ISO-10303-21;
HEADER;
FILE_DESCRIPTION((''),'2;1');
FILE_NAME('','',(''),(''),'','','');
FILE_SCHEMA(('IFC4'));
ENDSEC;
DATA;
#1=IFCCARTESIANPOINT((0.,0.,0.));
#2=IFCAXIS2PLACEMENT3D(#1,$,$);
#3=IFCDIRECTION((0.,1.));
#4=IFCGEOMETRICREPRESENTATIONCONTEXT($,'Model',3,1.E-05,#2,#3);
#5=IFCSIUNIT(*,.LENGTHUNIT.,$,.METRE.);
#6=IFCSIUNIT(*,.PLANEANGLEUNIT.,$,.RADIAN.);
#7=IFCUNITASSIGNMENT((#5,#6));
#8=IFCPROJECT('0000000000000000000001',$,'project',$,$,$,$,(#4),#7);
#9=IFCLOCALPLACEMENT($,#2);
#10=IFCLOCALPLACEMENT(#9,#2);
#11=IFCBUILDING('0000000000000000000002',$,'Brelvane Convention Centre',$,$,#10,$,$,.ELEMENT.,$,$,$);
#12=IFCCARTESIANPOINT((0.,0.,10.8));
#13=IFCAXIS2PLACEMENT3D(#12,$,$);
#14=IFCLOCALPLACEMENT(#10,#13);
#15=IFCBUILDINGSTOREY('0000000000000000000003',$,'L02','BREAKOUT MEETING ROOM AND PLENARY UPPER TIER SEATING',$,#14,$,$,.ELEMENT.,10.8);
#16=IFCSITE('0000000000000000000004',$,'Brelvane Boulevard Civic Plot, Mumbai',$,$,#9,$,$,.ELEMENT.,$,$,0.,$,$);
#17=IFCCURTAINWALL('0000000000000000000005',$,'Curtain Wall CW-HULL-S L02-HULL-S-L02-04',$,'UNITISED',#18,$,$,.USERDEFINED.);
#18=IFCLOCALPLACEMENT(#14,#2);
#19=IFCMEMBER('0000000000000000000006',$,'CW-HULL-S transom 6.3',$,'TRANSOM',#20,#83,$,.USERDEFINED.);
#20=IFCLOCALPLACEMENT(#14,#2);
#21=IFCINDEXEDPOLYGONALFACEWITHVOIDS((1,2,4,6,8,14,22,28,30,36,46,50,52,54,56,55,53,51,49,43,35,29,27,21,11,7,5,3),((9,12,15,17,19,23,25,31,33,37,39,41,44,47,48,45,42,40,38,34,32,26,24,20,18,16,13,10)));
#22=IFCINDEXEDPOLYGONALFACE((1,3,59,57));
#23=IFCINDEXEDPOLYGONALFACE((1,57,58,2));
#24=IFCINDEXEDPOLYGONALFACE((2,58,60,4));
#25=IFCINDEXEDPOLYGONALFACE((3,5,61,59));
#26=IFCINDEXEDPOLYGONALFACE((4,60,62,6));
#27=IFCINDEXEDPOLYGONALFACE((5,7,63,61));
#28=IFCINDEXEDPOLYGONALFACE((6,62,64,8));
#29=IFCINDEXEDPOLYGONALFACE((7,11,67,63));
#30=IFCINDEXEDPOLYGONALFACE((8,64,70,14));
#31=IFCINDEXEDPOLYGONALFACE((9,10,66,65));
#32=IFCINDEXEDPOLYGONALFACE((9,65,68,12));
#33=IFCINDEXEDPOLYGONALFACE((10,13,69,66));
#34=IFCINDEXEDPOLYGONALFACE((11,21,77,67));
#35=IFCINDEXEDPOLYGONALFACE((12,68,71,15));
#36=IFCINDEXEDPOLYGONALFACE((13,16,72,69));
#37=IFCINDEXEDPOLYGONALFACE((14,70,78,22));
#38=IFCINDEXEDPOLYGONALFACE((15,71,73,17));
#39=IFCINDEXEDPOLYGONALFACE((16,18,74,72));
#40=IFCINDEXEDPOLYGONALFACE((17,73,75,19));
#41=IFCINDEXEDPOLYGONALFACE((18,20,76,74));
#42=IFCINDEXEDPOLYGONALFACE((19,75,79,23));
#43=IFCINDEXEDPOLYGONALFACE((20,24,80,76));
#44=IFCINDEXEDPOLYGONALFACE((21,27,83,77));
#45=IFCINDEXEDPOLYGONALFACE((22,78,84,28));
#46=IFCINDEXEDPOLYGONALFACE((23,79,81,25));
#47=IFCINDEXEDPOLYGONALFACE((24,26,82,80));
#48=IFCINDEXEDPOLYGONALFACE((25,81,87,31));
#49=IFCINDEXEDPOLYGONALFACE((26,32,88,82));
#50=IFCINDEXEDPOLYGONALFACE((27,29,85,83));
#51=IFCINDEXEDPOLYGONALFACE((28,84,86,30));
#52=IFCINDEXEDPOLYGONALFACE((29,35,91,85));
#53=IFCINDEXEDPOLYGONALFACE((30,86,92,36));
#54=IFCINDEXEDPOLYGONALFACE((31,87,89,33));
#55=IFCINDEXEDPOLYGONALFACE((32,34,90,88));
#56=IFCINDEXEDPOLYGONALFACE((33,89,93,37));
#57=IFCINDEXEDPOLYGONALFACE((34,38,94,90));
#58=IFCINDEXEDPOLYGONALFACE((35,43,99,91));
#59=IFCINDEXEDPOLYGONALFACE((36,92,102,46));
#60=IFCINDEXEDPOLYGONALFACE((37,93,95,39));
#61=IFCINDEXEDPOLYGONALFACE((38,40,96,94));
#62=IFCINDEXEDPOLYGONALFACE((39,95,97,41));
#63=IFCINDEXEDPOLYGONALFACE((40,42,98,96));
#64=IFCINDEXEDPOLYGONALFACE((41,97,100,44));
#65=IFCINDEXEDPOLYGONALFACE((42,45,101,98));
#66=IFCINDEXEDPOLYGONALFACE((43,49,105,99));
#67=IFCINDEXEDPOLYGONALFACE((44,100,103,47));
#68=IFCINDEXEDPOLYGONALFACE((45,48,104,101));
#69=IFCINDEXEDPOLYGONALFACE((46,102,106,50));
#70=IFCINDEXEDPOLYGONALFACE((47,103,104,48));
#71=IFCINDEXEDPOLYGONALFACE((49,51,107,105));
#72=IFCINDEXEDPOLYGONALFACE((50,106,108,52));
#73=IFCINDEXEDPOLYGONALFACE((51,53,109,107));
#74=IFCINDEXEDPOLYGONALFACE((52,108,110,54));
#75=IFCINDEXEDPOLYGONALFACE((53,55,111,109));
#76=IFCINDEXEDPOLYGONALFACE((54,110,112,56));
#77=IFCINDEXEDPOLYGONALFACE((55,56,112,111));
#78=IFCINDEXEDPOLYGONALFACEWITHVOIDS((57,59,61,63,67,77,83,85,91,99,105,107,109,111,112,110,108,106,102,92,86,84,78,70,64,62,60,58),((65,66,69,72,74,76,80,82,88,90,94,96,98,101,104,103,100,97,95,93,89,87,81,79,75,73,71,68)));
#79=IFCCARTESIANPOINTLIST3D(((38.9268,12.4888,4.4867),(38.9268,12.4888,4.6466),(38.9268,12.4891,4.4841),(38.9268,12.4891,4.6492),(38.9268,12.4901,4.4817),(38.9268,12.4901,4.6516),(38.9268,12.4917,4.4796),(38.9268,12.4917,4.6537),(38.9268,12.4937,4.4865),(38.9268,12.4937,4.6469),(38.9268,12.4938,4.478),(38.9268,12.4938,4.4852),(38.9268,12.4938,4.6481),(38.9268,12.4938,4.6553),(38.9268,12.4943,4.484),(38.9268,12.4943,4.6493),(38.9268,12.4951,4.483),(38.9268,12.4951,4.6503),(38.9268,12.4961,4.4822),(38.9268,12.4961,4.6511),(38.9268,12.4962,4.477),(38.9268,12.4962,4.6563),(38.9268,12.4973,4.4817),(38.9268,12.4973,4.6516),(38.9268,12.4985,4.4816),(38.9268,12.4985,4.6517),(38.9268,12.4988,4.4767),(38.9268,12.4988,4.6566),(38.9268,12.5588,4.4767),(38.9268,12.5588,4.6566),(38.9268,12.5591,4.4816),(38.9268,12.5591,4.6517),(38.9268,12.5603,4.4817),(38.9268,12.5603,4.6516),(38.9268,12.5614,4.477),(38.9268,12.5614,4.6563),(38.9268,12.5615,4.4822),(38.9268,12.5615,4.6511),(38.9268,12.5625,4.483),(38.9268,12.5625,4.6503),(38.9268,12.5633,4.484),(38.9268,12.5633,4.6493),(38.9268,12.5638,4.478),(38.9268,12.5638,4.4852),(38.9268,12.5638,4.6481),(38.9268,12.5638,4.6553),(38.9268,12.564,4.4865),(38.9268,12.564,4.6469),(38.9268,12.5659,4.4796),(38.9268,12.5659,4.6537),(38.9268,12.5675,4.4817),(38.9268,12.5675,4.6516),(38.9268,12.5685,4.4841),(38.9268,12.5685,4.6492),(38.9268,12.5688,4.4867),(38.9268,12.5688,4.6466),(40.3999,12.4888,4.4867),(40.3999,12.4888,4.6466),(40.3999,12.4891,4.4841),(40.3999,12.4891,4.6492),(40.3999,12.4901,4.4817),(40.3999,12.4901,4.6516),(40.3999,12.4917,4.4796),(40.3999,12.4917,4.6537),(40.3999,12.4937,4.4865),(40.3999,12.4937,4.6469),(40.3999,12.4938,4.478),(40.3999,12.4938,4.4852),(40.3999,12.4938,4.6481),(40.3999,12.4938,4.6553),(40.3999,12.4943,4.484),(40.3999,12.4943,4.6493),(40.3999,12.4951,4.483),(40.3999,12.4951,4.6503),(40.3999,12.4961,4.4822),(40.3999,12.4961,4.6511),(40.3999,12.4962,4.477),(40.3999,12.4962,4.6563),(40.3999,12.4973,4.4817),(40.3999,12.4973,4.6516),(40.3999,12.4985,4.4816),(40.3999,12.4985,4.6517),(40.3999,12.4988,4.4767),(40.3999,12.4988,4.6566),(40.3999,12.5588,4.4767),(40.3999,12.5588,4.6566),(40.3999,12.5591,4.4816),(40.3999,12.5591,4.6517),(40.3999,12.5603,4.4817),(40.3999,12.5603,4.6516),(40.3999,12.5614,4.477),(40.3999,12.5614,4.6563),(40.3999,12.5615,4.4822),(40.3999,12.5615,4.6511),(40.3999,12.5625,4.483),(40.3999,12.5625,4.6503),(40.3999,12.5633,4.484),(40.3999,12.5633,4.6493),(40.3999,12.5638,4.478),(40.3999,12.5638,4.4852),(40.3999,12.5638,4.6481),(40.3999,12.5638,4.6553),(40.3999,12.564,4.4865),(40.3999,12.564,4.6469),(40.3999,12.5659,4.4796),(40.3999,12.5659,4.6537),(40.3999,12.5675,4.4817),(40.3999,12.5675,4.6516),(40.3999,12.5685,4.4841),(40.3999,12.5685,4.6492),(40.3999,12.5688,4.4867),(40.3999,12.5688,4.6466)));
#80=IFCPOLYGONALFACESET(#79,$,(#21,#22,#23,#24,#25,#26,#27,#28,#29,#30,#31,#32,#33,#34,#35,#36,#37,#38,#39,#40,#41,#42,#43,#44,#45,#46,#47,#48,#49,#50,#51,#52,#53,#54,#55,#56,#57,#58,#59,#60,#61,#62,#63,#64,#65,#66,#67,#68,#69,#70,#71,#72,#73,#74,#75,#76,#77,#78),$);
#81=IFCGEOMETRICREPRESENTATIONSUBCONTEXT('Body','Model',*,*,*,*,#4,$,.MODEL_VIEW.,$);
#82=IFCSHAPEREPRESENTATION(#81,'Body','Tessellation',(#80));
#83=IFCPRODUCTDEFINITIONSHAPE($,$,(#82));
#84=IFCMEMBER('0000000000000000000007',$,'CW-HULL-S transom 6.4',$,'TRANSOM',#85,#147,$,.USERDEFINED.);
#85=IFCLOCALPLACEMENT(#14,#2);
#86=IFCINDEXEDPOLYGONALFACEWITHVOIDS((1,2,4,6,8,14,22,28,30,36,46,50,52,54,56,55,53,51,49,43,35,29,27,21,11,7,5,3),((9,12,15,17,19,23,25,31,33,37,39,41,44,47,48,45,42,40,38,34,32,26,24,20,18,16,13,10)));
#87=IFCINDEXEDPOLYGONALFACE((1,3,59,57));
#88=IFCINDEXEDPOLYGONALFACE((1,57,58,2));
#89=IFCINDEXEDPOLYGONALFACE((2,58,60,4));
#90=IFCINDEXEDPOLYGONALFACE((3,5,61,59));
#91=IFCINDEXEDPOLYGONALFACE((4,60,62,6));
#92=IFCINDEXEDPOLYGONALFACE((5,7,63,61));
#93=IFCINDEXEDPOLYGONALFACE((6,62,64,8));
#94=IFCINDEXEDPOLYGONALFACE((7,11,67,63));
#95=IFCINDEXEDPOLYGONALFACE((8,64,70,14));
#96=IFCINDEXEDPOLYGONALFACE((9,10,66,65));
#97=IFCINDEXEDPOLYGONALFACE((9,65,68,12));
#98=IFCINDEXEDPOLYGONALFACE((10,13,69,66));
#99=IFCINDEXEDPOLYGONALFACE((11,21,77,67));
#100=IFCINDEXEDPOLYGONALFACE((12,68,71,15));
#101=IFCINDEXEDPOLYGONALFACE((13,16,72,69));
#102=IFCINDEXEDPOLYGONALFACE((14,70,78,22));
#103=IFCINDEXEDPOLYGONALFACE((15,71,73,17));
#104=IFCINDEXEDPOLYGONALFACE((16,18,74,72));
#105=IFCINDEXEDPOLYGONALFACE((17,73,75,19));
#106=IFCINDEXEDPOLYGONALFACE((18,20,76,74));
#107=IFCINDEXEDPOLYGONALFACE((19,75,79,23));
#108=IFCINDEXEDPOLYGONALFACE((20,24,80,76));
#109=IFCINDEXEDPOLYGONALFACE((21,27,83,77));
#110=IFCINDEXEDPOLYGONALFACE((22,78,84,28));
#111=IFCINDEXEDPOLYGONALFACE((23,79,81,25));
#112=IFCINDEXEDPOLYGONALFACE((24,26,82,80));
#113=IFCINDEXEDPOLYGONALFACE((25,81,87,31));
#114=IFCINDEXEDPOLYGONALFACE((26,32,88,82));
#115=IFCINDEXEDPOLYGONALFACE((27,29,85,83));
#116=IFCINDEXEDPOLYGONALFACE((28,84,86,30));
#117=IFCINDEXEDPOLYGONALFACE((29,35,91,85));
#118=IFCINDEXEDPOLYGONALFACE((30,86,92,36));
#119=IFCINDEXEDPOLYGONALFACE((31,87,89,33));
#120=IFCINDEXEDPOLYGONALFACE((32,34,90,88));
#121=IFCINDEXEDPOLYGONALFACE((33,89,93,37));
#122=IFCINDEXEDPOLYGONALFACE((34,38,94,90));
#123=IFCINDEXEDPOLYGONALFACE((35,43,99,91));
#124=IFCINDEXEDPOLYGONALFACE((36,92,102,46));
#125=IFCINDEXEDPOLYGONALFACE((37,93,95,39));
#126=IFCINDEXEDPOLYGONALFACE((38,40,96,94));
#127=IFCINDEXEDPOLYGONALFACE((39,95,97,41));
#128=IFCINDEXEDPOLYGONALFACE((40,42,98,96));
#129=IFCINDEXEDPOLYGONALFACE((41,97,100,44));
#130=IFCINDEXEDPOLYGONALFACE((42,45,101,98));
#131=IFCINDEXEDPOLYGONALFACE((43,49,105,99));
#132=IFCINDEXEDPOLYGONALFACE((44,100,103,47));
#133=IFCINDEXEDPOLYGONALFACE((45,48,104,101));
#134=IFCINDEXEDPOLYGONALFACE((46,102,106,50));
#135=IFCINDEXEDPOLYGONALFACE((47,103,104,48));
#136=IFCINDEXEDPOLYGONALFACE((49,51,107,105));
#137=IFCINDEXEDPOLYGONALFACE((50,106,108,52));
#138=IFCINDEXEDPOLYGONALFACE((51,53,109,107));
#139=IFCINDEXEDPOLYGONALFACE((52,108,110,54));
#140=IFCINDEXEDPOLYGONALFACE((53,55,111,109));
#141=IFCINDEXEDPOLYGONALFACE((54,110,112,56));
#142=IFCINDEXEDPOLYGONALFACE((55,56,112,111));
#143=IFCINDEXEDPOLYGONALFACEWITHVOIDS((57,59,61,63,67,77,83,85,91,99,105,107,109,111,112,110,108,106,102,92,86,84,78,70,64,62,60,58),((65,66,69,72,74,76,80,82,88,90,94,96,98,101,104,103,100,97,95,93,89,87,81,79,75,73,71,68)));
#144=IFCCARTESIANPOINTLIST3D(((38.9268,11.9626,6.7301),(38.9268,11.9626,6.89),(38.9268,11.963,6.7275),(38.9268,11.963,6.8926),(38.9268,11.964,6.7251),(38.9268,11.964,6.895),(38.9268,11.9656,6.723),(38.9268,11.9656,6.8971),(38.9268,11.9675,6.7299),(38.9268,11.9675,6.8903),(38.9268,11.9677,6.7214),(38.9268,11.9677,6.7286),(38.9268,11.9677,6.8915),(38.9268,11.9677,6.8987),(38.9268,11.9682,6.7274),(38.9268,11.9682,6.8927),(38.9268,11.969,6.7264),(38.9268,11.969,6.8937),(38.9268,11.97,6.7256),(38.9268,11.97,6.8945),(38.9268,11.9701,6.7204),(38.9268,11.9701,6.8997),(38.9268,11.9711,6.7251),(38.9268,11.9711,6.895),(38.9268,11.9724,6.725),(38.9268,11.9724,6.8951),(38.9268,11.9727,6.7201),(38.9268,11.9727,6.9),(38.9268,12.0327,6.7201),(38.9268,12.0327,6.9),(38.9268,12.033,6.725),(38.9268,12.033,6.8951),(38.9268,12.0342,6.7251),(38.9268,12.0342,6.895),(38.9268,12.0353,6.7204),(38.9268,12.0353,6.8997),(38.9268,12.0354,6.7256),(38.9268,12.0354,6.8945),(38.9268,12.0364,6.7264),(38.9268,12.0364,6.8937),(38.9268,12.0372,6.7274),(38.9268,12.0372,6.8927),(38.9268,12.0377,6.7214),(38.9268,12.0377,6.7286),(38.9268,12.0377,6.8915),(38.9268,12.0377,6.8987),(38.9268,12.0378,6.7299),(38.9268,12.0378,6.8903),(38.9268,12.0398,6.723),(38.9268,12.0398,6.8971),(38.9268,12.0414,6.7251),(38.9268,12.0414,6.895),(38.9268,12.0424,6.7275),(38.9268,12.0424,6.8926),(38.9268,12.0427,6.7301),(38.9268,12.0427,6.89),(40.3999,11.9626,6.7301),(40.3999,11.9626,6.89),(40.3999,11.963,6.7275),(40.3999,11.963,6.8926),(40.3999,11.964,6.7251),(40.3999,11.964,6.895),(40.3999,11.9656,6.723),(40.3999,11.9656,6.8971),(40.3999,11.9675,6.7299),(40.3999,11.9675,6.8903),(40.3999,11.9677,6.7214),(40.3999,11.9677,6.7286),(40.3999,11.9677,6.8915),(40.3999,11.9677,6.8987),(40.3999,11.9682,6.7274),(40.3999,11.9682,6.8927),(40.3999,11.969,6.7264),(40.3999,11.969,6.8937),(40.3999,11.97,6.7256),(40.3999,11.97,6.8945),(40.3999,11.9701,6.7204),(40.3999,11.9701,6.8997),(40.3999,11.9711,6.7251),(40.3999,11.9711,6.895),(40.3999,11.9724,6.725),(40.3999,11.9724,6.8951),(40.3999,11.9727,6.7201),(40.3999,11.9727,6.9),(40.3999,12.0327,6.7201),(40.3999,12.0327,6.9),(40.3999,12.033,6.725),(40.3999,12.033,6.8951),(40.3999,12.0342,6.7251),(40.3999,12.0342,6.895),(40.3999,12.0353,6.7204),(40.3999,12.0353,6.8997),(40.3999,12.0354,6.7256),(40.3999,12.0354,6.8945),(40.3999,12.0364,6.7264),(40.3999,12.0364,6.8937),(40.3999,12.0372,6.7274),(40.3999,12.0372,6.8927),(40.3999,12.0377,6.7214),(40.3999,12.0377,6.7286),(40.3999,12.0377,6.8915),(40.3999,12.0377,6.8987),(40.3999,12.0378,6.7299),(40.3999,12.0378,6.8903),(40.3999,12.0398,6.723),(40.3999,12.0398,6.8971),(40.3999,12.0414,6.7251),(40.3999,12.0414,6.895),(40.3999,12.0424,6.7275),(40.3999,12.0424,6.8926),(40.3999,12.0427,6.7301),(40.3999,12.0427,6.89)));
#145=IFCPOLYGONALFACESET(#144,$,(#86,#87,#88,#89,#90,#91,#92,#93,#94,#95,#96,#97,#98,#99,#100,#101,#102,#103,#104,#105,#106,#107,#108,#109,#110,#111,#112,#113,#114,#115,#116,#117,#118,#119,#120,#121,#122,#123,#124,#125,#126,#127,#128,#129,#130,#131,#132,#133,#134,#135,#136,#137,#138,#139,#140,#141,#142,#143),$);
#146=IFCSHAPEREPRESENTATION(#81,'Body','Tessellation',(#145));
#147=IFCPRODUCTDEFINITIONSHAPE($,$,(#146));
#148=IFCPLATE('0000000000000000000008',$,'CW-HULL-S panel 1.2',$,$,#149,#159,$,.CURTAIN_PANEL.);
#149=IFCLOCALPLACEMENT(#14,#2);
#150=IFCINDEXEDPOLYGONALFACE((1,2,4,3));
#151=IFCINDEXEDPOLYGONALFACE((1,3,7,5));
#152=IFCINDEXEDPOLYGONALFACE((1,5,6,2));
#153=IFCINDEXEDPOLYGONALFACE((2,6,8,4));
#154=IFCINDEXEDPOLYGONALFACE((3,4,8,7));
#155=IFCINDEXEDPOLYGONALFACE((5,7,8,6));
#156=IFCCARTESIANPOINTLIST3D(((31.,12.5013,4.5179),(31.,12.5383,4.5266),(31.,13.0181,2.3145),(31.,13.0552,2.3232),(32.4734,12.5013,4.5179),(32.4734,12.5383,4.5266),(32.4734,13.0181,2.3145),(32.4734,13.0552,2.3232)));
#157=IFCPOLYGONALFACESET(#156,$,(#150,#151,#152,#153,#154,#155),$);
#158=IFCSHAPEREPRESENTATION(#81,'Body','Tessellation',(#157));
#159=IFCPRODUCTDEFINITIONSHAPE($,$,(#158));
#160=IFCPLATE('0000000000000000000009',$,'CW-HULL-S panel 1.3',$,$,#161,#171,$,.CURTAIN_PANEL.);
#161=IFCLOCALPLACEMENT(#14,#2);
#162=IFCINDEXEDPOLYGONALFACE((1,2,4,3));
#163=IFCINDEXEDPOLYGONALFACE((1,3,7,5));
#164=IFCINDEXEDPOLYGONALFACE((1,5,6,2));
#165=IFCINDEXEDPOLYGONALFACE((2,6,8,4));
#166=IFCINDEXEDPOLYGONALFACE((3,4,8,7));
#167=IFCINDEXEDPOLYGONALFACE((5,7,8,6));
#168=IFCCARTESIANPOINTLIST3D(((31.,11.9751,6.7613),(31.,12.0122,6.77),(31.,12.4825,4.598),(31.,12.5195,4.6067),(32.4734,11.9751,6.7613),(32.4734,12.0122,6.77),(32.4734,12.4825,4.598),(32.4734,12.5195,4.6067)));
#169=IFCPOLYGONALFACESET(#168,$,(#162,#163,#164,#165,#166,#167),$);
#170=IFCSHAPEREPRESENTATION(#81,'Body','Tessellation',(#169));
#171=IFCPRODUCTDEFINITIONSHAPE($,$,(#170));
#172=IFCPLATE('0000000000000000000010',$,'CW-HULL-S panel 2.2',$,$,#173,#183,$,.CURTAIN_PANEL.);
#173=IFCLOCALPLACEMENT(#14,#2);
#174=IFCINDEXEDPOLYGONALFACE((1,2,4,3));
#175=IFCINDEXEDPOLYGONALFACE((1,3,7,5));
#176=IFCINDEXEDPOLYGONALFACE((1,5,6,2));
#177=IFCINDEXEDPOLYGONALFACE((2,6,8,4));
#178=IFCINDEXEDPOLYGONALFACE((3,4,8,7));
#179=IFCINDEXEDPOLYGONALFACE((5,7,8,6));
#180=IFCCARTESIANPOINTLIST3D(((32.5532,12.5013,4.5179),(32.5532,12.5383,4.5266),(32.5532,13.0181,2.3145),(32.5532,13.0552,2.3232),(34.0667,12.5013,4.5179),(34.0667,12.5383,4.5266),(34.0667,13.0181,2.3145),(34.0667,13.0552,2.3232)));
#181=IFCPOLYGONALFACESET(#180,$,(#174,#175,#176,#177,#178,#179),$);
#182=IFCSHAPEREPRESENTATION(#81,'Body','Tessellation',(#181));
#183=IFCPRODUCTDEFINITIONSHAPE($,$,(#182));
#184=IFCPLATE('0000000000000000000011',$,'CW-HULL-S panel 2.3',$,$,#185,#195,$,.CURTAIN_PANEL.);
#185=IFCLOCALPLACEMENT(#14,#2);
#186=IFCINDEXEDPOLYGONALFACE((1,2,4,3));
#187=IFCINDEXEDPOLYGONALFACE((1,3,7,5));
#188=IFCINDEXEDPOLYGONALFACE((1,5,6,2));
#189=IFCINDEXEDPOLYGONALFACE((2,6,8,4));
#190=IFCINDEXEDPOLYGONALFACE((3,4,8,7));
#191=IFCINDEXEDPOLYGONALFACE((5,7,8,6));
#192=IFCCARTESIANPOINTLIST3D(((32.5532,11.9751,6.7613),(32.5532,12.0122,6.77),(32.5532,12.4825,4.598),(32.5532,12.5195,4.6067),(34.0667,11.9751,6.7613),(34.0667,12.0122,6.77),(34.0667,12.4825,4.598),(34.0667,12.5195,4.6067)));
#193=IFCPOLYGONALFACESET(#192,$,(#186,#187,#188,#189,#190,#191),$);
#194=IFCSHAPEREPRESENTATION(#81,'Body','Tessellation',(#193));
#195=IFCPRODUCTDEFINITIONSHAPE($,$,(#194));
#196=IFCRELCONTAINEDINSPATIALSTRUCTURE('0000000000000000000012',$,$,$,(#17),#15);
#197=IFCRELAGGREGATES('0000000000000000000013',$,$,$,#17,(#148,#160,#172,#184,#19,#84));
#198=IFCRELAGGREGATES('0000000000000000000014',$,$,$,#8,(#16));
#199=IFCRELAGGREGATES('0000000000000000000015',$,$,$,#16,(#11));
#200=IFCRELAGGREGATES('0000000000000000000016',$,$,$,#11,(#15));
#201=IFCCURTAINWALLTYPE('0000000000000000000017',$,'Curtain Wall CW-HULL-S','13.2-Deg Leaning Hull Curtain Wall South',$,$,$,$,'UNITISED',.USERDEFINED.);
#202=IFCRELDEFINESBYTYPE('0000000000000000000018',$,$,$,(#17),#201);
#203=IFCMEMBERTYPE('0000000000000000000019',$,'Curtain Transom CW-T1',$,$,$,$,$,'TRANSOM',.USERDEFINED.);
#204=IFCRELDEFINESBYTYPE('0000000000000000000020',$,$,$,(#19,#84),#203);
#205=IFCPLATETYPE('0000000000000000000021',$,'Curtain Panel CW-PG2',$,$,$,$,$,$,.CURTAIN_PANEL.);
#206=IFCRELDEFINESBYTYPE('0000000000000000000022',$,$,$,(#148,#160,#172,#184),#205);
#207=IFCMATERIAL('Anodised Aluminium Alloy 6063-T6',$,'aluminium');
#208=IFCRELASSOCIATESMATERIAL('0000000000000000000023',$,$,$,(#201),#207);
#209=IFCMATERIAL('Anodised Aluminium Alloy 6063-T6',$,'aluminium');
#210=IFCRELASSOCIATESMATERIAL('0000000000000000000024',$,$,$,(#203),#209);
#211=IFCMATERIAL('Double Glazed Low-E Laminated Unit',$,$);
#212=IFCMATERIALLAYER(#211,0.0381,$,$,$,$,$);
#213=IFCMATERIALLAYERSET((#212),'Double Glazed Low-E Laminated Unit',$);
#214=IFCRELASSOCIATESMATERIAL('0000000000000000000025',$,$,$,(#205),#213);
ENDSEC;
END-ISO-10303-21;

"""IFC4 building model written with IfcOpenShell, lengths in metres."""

from ifc_helpers import new_model, si_unit, direction, frame, origin, origin_2d, place, context, subcontext, project, spatial, polyline, hollow_rectangle, outline, extrude, material, layer, layer_set, material_profile, profile_set, type_object, element, aggregate, save


model = new_model("IFC4")

# Units and contexts
model_context = context("Model", 3, precision=1e-05, world=origin(), true_north=direction((0.0, 1.0)))
body_context = subcontext(model_context, "Body", "Model", "MODEL_VIEW")
ifc_project = project(units=[si_unit("LENGTHUNIT", "METRE"), si_unit("PLANEANGLEUNIT", "RADIAN")], contexts=[model_context])

# Site, building, storey
site_placement = place(None, origin())
site = spatial("IfcSite", under=ifc_project, at=site_placement, Name="Brelvane Boulevard Civic Plot, Mumbai", CompositionType="ELEMENT", RefElevation=0.0)
building_placement = place(site_placement, origin())
building = spatial("IfcBuilding", under=site, at=building_placement, Name="Brelvane Convention Centre", CompositionType="ELEMENT")
storey_placement = place(building_placement, frame((0.0, 0.0, 10.8)))
storey = spatial("IfcBuildingStorey", under=building, at=storey_placement, Name="L02", Description="BREAKOUT MEETING ROOM AND PLENARY UPPER TIER SEATING", CompositionType="ELEMENT", Elevation=10.8)

# Curtain wall, members, plates
ifc_material_1 = material(Name="Anodised Aluminium Alloy 6063-T6", Category="aluminium")
curtain_wall_type = type_object("IfcCurtainWallType", Name="Curtain Wall CW-HULL-S", Description="13.2-Deg Leaning Hull Curtain Wall South", ElementType="UNITISED", PredefinedType="USERDEFINED", material=ifc_material_1)
curtain_wall_placement = place(storey_placement, origin())
curtain_wall = element("IfcCurtainWall", 1, at=curtain_wall_placement, inside=storey, type_object=curtain_wall_type, Name="Curtain Wall CW-HULL-S L02-HULL-S-L02-04", ObjectType="UNITISED", PredefinedType="USERDEFINED")
ifc_material_2 = material(Name="Anodised Aluminium Alloy 6063-T6", Category="aluminium")
ifc_material_profile = material_profile(ifc_material_2, hollow_rectangle(XDim=0.0801, YDim=0.1799, WallThickness=0.0049, InnerFilletRadius=0.0049, OuterFilletRadius=0.01, at=origin_2d()), Name="ALU-T 180x80x5.0")
ifc_profile_set = profile_set([ifc_material_profile], Name="Anodised Aluminium Alloy 6063-T6")
member_type = type_object("IfcMemberType", Name="Curtain Transom CW-T1", ElementType="TRANSOM", PredefinedType="USERDEFINED", material=ifc_profile_set)
member_1_placement = place(storey_placement, frame((38.9268, 12.5288, 4.5667), z_axis=(1.0, 0.0, 0.0), x_axis=(0.0, 1.0, 0.0)))
member_1 = element("IfcMember", 2, at=member_1_placement, type_object=member_type, Name="CW-HULL-S transom 6.3", ObjectType="TRANSOM", PredefinedType="USERDEFINED", context=body_context, shape_type="SweptSolid", body=[
    extrude(hollow_rectangle(XDim=0.0801, YDim=0.1799, WallThickness=0.0049, InnerFilletRadius=0.0049, OuterFilletRadius=0.01, at=origin_2d()), origin(), (0.0, 0.0, 1.0), 1.4731),
])
member_2_placement = place(storey_placement, frame((38.9268, 12.0027, 6.8101), z_axis=(1.0, 0.0, 0.0), x_axis=(0.0, 1.0, 0.0)))
member_2 = element("IfcMember", 3, at=member_2_placement, type_object=member_type, Name="CW-HULL-S transom 6.4", ObjectType="TRANSOM", PredefinedType="USERDEFINED", context=body_context, shape_type="SweptSolid", body=[
    extrude(hollow_rectangle(XDim=0.0801, YDim=0.1799, WallThickness=0.0049, InnerFilletRadius=0.0049, OuterFilletRadius=0.01, at=origin_2d()), origin(), (0.0, 0.0, 1.0), 1.4731),
])
ifc_material_3 = material(Name="Double Glazed Low-E Laminated Unit")
ifc_layer_1 = layer(ifc_material_3, 0.0381)
ifc_layer_set_1 = layer_set([ifc_layer_1], Name="Double Glazed Low-E Laminated Unit")
plate_type_1 = type_object("IfcPlateType", Name="Curtain Panel CW-PG2", PredefinedType="CURTAIN_PANEL", material=ifc_layer_set_1)
plate_1_placement = place(storey_placement, frame((31.0, 13.0552, 2.3232), z_axis=(0.0, 0.973574, 0.228372), x_axis=(1.0, 0.0, 0.0)))
plate_1 = element("IfcPlate", 4, at=plate_1_placement, type_object=plate_type_1, Name="CW-HULL-S panel 1.2", PredefinedType="CURTAIN_PANEL", context=body_context, shape_type="SweptSolid", body=[
    extrude(outline(polyline([(0.0, 0.0), (1.4734, 0.0), (1.4734, -2.2632), (0.0, -2.2632), (0.0, 0.0)])), origin(), (0.0, 0.0, -1.0), 0.0381),
])
plate_2_placement = place(storey_placement, frame((31.0, 12.5195, 4.6067), z_axis=(0.0, 0.973587, 0.228317), x_axis=(1.0, 0.0, 0.0)))
plate_2 = element("IfcPlate", 5, at=plate_2_placement, type_object=plate_type_1, Name="CW-HULL-S panel 1.3", PredefinedType="CURTAIN_PANEL", context=body_context, shape_type="SweptSolid", body=[
    extrude(outline(polyline([(0.0, 0.0), (1.4734, 0.0), (1.4734, -2.222), (0.0, -2.222), (0.0, 0.0)])), origin(), (0.0, 0.0, -1.0), 0.0381),
])
plate_3_placement = place(storey_placement, frame((32.5532, 13.0552, 2.3232), z_axis=(0.0, 0.973574, 0.228372), x_axis=(1.0, 0.0, 0.0)))
plate_3 = element("IfcPlate", 6, at=plate_3_placement, type_object=plate_type_1, Name="CW-HULL-S panel 2.2", PredefinedType="CURTAIN_PANEL", context=body_context, shape_type="SweptSolid", body=[
    extrude(outline(polyline([(0.0, 0.0), (1.5134, 0.0), (1.5134, -2.2632), (0.0, -2.2632), (0.0, 0.0)])), origin(), (0.0, 0.0, -1.0), 0.0381),
])
plate_4_placement = place(storey_placement, frame((32.5532, 12.5195, 4.6067), z_axis=(0.0, 0.973587, 0.228317), x_axis=(1.0, 0.0, 0.0)))
plate_4 = element("IfcPlate", 7, at=plate_4_placement, type_object=plate_type_1, Name="CW-HULL-S panel 2.3", PredefinedType="CURTAIN_PANEL", context=body_context, shape_type="SweptSolid", body=[
    extrude(outline(polyline([(0.0, 0.0), (1.5134, 0.0), (1.5134, -2.222), (0.0, -2.222), (0.0, 0.0)])), origin(), (0.0, 0.0, -1.0), 0.0381),
])
aggregate(curtain_wall, [plate_1, plate_2, plate_3, plate_4, member_1, member_2])

save(model, "model.ifc")
